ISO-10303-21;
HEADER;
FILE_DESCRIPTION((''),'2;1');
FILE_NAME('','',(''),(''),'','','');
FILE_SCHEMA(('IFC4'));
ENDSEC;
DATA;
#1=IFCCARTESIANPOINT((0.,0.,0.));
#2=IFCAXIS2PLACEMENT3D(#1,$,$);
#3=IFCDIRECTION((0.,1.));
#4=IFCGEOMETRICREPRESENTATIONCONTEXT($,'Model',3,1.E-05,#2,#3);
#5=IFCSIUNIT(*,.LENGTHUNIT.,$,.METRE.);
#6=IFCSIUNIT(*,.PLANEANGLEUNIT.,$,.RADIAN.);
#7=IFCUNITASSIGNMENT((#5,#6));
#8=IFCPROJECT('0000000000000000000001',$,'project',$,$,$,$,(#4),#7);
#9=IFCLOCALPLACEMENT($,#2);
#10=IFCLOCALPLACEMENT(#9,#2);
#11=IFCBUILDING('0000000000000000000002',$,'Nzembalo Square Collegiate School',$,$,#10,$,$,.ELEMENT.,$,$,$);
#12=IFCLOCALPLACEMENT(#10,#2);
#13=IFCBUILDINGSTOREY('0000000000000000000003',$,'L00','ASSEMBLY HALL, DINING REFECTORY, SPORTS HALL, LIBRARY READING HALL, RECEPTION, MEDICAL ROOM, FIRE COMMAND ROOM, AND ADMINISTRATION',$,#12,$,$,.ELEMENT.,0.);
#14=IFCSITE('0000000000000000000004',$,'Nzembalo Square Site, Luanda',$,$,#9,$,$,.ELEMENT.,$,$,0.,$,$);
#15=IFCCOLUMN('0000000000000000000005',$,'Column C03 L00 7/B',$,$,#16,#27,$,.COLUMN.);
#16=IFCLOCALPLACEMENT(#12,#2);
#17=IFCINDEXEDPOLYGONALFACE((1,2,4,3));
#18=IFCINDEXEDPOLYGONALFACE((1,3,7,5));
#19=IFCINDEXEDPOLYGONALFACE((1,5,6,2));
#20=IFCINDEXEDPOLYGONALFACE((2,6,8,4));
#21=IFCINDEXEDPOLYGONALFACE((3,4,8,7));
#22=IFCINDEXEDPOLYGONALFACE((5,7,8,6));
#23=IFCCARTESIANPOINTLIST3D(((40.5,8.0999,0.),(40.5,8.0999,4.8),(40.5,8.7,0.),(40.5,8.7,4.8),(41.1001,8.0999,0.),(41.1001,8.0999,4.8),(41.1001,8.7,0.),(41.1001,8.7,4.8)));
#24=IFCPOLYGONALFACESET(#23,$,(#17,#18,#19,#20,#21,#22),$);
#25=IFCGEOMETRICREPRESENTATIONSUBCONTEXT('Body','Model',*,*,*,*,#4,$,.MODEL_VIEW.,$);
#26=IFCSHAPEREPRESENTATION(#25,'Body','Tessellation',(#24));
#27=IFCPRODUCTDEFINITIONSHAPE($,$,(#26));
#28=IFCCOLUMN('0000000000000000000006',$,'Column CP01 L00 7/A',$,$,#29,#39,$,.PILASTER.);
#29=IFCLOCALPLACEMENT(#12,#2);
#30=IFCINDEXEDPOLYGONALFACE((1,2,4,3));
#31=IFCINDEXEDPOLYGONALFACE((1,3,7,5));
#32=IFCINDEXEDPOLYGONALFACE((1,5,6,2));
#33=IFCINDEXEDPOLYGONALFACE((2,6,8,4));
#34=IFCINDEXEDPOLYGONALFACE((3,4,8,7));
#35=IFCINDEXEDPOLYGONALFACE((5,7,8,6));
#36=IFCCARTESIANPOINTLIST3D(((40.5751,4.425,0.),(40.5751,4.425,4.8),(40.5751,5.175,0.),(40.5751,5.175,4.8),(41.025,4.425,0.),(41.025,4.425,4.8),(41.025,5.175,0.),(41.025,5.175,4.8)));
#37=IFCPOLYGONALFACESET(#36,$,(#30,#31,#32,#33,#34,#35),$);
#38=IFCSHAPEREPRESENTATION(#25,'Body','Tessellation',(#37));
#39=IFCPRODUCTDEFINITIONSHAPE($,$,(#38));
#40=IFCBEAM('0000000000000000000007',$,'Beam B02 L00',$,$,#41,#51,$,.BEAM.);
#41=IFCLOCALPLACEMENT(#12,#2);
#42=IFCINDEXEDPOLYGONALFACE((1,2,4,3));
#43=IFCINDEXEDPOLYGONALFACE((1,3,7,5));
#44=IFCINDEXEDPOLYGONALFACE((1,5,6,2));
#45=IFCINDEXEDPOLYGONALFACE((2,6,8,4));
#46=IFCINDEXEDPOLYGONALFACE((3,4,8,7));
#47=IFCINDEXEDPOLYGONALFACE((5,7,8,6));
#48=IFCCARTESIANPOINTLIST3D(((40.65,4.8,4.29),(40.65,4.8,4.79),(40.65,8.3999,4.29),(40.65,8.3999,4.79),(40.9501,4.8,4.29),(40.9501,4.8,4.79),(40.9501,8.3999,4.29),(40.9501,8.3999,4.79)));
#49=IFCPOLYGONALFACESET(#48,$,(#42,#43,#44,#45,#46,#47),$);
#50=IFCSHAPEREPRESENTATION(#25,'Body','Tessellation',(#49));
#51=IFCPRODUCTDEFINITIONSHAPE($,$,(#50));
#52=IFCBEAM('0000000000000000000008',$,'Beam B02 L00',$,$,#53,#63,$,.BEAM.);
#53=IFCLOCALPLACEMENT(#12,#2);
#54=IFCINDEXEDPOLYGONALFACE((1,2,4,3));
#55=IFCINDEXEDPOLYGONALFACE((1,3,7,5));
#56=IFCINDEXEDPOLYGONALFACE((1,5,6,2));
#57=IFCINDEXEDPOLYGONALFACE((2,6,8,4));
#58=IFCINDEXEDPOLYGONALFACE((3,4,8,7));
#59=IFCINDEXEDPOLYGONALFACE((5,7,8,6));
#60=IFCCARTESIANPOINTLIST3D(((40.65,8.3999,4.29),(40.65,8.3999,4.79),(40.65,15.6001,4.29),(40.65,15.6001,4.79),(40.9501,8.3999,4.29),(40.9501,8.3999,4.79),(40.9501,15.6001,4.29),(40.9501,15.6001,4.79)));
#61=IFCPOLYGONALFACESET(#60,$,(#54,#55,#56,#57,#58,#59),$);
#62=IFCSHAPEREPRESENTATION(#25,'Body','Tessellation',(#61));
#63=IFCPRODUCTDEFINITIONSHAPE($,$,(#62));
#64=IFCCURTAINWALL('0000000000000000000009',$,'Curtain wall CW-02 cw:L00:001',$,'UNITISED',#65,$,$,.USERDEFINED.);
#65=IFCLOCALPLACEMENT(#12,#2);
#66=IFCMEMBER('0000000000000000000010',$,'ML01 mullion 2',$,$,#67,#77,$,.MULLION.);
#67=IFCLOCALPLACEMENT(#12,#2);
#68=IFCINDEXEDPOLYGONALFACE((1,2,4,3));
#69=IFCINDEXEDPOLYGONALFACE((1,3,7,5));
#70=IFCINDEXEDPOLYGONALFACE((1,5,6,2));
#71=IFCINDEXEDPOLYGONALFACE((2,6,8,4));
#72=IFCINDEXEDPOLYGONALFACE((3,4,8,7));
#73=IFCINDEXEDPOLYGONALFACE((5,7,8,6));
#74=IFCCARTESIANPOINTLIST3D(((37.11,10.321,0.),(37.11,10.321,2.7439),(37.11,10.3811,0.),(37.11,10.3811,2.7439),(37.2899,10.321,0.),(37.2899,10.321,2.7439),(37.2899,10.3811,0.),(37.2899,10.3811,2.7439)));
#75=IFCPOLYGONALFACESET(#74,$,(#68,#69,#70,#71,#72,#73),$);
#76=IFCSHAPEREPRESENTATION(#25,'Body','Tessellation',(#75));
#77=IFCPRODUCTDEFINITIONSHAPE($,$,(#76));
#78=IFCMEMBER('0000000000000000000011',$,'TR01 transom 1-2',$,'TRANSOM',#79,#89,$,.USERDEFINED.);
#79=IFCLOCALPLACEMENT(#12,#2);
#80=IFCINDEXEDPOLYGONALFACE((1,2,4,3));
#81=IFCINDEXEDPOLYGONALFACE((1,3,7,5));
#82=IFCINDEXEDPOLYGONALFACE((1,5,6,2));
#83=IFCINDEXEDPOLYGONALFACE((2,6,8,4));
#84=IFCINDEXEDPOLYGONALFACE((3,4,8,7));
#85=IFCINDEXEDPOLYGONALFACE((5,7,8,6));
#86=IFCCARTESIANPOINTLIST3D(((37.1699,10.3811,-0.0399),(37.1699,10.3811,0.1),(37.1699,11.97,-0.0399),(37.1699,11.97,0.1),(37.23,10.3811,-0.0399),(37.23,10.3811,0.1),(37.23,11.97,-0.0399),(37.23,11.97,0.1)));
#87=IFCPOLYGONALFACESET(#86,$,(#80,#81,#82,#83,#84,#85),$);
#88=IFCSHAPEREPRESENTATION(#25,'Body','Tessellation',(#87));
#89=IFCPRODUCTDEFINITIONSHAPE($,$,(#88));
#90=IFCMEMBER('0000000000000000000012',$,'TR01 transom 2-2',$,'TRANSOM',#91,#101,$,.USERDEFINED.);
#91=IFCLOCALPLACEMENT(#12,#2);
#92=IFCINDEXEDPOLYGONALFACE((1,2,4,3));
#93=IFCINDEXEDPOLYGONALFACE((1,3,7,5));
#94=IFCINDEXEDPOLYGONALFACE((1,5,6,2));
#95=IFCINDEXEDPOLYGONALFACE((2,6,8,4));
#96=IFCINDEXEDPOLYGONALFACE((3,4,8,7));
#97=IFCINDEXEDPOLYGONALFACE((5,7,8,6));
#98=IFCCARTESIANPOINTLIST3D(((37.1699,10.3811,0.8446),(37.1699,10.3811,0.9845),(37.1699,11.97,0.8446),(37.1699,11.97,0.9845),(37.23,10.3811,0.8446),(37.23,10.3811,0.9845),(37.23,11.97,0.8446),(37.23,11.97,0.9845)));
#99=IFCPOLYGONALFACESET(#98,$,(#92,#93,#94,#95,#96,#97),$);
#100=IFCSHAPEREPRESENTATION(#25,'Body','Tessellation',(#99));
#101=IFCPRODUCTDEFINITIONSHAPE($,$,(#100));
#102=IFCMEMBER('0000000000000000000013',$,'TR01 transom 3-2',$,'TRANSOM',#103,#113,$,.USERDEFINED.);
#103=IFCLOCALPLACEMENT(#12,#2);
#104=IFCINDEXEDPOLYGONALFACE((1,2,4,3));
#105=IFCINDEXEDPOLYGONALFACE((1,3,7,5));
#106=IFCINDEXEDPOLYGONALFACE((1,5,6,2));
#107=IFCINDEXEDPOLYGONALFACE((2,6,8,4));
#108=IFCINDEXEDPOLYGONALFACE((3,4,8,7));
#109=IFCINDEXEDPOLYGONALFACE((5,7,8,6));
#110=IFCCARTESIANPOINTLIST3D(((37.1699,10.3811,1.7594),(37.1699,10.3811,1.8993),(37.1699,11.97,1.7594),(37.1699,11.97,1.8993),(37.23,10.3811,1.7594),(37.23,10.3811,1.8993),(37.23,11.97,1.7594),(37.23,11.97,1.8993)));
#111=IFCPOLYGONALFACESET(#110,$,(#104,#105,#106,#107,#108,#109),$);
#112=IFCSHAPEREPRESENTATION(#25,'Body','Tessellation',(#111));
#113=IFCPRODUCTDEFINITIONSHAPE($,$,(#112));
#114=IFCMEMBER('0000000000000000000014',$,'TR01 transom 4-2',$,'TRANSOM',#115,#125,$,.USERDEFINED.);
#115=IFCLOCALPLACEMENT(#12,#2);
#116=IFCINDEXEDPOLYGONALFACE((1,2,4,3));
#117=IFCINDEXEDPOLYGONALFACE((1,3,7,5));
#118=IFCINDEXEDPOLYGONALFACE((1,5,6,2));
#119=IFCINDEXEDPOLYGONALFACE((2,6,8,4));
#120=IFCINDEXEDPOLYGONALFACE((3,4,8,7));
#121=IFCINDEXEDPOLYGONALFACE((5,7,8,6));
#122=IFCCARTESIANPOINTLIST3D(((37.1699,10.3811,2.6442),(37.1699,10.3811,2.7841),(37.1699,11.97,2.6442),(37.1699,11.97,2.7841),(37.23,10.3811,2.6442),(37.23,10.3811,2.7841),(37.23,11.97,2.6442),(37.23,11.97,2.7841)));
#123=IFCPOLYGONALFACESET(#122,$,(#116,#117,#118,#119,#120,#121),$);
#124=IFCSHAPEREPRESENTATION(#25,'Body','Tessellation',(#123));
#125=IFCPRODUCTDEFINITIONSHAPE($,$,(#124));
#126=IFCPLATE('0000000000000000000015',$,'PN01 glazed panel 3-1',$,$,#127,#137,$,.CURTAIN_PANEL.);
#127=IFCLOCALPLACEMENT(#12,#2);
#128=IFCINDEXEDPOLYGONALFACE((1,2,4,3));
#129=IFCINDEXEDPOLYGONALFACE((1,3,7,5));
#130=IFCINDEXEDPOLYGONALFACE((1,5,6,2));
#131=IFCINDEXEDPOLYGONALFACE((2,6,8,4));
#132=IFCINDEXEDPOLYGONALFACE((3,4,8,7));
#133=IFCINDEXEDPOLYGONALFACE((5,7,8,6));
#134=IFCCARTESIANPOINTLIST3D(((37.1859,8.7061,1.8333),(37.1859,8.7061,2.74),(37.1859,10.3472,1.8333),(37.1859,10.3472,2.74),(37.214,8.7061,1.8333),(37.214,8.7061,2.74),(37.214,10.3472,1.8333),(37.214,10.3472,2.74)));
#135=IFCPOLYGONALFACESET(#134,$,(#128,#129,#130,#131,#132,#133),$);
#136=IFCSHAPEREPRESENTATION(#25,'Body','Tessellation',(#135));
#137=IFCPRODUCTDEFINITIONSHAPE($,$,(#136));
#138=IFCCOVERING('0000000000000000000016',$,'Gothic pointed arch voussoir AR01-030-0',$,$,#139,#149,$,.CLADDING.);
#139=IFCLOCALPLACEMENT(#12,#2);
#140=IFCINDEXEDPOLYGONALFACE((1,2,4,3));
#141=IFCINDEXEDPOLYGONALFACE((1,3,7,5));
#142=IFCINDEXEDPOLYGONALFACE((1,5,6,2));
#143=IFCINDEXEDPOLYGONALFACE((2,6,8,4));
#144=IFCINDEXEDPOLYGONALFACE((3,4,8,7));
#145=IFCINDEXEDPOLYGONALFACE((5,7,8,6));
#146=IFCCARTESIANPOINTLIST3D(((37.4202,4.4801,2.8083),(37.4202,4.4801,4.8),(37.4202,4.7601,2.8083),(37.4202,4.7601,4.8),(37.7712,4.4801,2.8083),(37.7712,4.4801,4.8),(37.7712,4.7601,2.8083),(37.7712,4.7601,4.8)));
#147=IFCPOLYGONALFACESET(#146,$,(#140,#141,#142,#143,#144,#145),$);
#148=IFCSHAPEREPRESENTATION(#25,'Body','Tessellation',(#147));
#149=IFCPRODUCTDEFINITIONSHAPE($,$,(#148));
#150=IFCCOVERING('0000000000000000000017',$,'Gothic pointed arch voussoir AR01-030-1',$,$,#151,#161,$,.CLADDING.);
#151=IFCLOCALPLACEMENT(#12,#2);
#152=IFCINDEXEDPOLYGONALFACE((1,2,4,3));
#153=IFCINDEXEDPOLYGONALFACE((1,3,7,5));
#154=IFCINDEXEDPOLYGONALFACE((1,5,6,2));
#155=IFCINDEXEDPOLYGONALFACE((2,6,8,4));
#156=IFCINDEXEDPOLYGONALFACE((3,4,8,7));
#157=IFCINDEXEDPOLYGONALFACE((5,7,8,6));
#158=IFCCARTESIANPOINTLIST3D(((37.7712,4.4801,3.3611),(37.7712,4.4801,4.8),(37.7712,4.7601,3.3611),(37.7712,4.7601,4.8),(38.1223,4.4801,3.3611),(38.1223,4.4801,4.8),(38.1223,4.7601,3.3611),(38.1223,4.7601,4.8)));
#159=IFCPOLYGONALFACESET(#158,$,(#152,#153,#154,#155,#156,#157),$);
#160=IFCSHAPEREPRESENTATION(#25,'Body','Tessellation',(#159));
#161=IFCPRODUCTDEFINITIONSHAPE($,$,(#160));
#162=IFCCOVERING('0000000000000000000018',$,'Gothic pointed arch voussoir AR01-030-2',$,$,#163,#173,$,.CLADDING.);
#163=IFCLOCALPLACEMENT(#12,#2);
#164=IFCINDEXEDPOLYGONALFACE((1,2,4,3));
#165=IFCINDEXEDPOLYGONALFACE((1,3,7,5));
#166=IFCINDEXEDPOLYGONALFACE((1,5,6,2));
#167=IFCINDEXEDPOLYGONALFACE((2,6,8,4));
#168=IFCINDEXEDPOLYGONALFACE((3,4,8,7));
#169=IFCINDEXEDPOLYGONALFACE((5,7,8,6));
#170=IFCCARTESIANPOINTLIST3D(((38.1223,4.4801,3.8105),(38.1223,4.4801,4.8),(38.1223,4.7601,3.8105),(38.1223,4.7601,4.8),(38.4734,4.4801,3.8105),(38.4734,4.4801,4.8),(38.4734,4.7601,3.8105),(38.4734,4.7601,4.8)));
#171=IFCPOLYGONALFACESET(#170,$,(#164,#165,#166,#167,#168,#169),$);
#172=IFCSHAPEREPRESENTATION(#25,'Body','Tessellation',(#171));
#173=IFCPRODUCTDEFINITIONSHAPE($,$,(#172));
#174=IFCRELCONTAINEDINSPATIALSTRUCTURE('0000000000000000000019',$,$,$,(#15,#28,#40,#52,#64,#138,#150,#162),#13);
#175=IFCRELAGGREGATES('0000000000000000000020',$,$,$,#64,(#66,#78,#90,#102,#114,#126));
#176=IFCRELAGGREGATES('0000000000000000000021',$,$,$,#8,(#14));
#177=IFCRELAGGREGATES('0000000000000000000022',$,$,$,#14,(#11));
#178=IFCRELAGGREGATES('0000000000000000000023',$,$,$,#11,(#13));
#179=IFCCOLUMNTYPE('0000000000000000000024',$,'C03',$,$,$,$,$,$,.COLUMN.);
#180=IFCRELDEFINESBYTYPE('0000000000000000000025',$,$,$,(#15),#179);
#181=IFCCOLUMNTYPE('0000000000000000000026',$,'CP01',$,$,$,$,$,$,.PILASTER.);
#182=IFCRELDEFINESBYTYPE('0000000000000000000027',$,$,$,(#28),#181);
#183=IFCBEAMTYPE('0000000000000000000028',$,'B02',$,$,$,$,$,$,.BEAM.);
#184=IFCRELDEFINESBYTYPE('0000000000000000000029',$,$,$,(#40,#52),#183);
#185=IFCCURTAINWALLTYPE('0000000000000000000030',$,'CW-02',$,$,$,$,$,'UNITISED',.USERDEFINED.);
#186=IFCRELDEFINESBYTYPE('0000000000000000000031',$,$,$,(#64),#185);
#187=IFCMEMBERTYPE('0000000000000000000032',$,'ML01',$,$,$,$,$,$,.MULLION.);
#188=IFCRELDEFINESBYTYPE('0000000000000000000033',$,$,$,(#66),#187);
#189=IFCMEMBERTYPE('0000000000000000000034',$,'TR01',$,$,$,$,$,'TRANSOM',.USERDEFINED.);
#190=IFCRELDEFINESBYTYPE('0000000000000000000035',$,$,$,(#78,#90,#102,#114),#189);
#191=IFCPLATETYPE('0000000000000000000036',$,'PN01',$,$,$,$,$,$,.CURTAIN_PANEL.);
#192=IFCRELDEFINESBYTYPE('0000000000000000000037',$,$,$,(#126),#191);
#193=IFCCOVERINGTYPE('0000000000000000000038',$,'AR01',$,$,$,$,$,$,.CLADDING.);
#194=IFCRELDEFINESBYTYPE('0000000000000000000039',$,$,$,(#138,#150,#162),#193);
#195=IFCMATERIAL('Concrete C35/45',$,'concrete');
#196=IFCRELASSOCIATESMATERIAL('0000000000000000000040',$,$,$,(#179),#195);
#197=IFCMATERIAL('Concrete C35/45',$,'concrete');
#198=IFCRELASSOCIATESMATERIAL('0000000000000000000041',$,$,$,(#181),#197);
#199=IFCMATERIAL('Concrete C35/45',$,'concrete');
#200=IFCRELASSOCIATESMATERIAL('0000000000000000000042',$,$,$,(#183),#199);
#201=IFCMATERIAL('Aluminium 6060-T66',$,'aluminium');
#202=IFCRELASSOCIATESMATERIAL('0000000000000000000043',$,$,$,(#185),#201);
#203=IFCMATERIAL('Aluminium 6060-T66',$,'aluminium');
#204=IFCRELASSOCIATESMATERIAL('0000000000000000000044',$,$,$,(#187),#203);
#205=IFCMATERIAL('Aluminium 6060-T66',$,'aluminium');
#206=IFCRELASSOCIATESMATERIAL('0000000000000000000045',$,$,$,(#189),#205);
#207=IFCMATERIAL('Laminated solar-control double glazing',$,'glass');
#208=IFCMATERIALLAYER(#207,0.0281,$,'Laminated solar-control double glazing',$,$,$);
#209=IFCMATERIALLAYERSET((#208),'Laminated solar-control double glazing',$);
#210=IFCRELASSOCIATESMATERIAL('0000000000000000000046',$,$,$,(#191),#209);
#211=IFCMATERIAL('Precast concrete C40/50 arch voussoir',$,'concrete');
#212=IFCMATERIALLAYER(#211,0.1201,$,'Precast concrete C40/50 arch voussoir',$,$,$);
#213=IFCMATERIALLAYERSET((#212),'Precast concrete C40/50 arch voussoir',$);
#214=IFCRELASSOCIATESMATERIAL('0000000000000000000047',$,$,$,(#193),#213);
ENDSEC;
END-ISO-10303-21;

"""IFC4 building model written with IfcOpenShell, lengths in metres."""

from ifc_helpers import new_model, si_unit, direction, frame, origin, origin_2d, place, context, subcontext, project, spatial, rectangle, extrude, material, layer, layer_set, material_profile, profile_set, type_object, element, aggregate, save


model = new_model("IFC4")

# Units and contexts
model_context = context("Model", 3, precision=1e-05, world=origin(), true_north=direction((0.0, 1.0)))
body_context = subcontext(model_context, "Body", "Model", "MODEL_VIEW")
ifc_project = project(units=[si_unit("LENGTHUNIT", "METRE"), si_unit("PLANEANGLEUNIT", "RADIAN")], contexts=[model_context])

# Site, building, storey
site_placement = place(None, origin())
site = spatial("IfcSite", under=ifc_project, at=site_placement, Name="Nzembalo Square Site, Luanda", CompositionType="ELEMENT", RefElevation=0.0)
building_placement = place(site_placement, origin())
building = spatial("IfcBuilding", under=site, at=building_placement, Name="Nzembalo Square Collegiate School", CompositionType="ELEMENT")
storey_placement = place(building_placement, origin())
storey = spatial("IfcBuildingStorey", under=building, at=storey_placement, Name="L00", Description="ASSEMBLY HALL, DINING REFECTORY, SPORTS HALL, LIBRARY READING HALL, RECEPTION, MEDICAL ROOM, FIRE COMMAND ROOM, AND ADMINISTRATION", CompositionType="ELEMENT", Elevation=0.0)

# Columns
ifc_material_1 = material(Name="Concrete C35/45", Category="concrete")
ifc_material_profile_1 = material_profile(ifc_material_1, rectangle(XDim=0.6001, YDim=0.6001, at=origin_2d()), Name="RC 600x600")
ifc_profile_set_1 = profile_set([ifc_material_profile_1], Name="Concrete C35/45")
column_type_1 = type_object("IfcColumnType", Name="C03", PredefinedType="COLUMN", material=ifc_profile_set_1)
column_1_placement = place(storey_placement, frame((40.8, 8.3999, 0.0), z_axis=(0.0, 0.0, 1.0), x_axis=(1.0, 0.0, 0.0)))
element("IfcColumn", 1, at=column_1_placement, inside=storey, type_object=column_type_1, Name="Column C03 L00 7/B", PredefinedType="COLUMN", context=body_context, shape_type="SweptSolid", body=[
    extrude(rectangle(XDim=0.6001, YDim=0.6001, at=origin_2d()), origin(), (0.0, 0.0, 1.0), 4.8),
])
ifc_material_2 = material(Name="Concrete C35/45", Category="concrete")
ifc_material_profile_2 = material_profile(ifc_material_2, rectangle(XDim=0.45, YDim=0.75, at=origin_2d()), Name="RC 450x750")
ifc_profile_set_2 = profile_set([ifc_material_profile_2], Name="Concrete C35/45")
column_type_2 = type_object("IfcColumnType", Name="CP01", PredefinedType="PILASTER", material=ifc_profile_set_2)
column_2_placement = place(storey_placement, frame((40.8, 4.8, 0.0), z_axis=(0.0, 0.0, 1.0), x_axis=(1.0, 0.0, 0.0)))
element("IfcColumn", 2, at=column_2_placement, inside=storey, type_object=column_type_2, Name="Column CP01 L00 7/A", PredefinedType="PILASTER", context=body_context, shape_type="SweptSolid", body=[
    extrude(rectangle(XDim=0.45, YDim=0.75, at=origin_2d()), origin(), (0.0, 0.0, 1.0), 4.8),
])

# Beams
ifc_material_3 = material(Name="Concrete C35/45", Category="concrete")
ifc_material_profile_3 = material_profile(ifc_material_3, rectangle(XDim=0.3, YDim=0.5, at=origin_2d()), Name="RC 300x500")
ifc_profile_set_3 = profile_set([ifc_material_profile_3], Name="Concrete C35/45")
beam_type = type_object("IfcBeamType", Name="B02", PredefinedType="BEAM", material=ifc_profile_set_3)
beam_1_placement = place(storey_placement, frame((40.8, 4.8, 4.54), z_axis=(0.0, 1.0, 0.0), x_axis=(-1.0, 0.0, 0.0)))
element("IfcBeam", 3, at=beam_1_placement, inside=storey, type_object=beam_type, Name="Beam B02 L00", PredefinedType="BEAM", context=body_context, shape_type="SweptSolid", body=[
    extrude(rectangle(XDim=0.3, YDim=0.5, at=origin_2d()), origin(), (0.0, 0.0, 1.0), 3.5999),
])
beam_2_placement = place(storey_placement, frame((40.8, 8.3999, 4.54), z_axis=(0.0, 1.0, 0.0), x_axis=(-1.0, 0.0, 0.0)))
element("IfcBeam", 4, at=beam_2_placement, inside=storey, type_object=beam_type, Name="Beam B02 L00", PredefinedType="BEAM", context=body_context, shape_type="SweptSolid", body=[
    extrude(rectangle(XDim=0.3, YDim=0.5, at=origin_2d()), origin(), (0.0, 0.0, 1.0), 7.2002),
])

# Curtain wall, members, plate
ifc_material_4 = material(Name="Aluminium 6060-T66", Category="aluminium")
curtain_wall_type = type_object("IfcCurtainWallType", Name="CW-02", ElementType="UNITISED", PredefinedType="USERDEFINED", material=ifc_material_4)
curtain_wall_placement = place(storey_placement, origin())
curtain_wall = element("IfcCurtainWall", 5, at=curtain_wall_placement, inside=storey, type_object=curtain_wall_type, Name="Curtain wall CW-02 cw:L00:001", ObjectType="UNITISED", PredefinedType="USERDEFINED")
ifc_material_5 = material(Name="Aluminium 6060-T66", Category="aluminium")
ifc_material_profile_4 = material_profile(ifc_material_5, rectangle(XDim=0.0601, YDim=0.1799, at=origin_2d()), Name="ALU M60x180")
ifc_profile_set_4 = profile_set([ifc_material_profile_4], Name="Aluminium 6060-T66")
member_type_1 = type_object("IfcMemberType", Name="ML01", PredefinedType="MULLION", material=ifc_profile_set_4)
member_1_placement = place(storey_placement, frame((37.2, 10.3511, 0.0), z_axis=(0.0, 0.0, 1.0), x_axis=(0.0, 1.0, 0.0)))
member_1 = element("IfcMember", 6, at=member_1_placement, type_object=member_type_1, Name="ML01 mullion 2", PredefinedType="MULLION", context=body_context, shape_type="SweptSolid", body=[
    extrude(rectangle(XDim=0.0601, YDim=0.1799, at=origin_2d()), origin(), (0.0, 0.0, 1.0), 2.7439),
])
ifc_material_6 = material(Name="Aluminium 6060-T66", Category="aluminium")
ifc_material_profile_5 = material_profile(ifc_material_6, rectangle(XDim=0.0601, YDim=0.1399, at=origin_2d()), Name="ALU T60x140")
ifc_profile_set_5 = profile_set([ifc_material_profile_5], Name="Aluminium 6060-T66")
member_type_2 = type_object("IfcMemberType", Name="TR01", ElementType="TRANSOM", PredefinedType="USERDEFINED", material=ifc_profile_set_5)
member_2_placement = place(storey_placement, frame((37.2, 10.3811, 0.03), z_axis=(0.0, 1.0, 0.0), x_axis=(-1.0, 0.0, 0.0)))
member_2 = element("IfcMember", 7, at=member_2_placement, type_object=member_type_2, Name="TR01 transom 1-2", ObjectType="TRANSOM", PredefinedType="USERDEFINED", context=body_context, shape_type="SweptSolid", body=[
    extrude(rectangle(XDim=0.0601, YDim=0.1399, at=origin_2d()), origin(), (0.0, 0.0, 1.0), 1.5889),
])
member_3_placement = place(storey_placement, frame((37.2, 10.3811, 0.9146), z_axis=(0.0, 1.0, 0.0), x_axis=(-1.0, 0.0, 0.0)))
member_3 = element("IfcMember", 8, at=member_3_placement, type_object=member_type_2, Name="TR01 transom 2-2", ObjectType="TRANSOM", PredefinedType="USERDEFINED", context=body_context, shape_type="SweptSolid", body=[
    extrude(rectangle(XDim=0.0601, YDim=0.1399, at=origin_2d()), origin(), (0.0, 0.0, 1.0), 1.5889),
])
member_4_placement = place(storey_placement, frame((37.2, 10.3811, 1.8293), z_axis=(0.0, 1.0, 0.0), x_axis=(-1.0, 0.0, 0.0)))
member_4 = element("IfcMember", 9, at=member_4_placement, type_object=member_type_2, Name="TR01 transom 3-2", ObjectType="TRANSOM", PredefinedType="USERDEFINED", context=body_context, shape_type="SweptSolid", body=[
    extrude(rectangle(XDim=0.0601, YDim=0.1399, at=origin_2d()), origin(), (0.0, 0.0, 1.0), 1.5889),
])
member_5_placement = place(storey_placement, frame((37.2, 10.3811, 2.7141), z_axis=(0.0, 1.0, 0.0), x_axis=(-1.0, 0.0, 0.0)))
member_5 = element("IfcMember", 10, at=member_5_placement, type_object=member_type_2, Name="TR01 transom 4-2", ObjectType="TRANSOM", PredefinedType="USERDEFINED", context=body_context, shape_type="SweptSolid", body=[
    extrude(rectangle(XDim=0.0601, YDim=0.1399, at=origin_2d()), origin(), (0.0, 0.0, 1.0), 1.5889),
])
ifc_material_7 = material(Name="Laminated solar-control double glazing", Category="glass")
ifc_layer_1 = layer(ifc_material_7, 0.0281, Name="Laminated solar-control double glazing")
ifc_layer_set_1 = layer_set([ifc_layer_1], Name="Laminated solar-control double glazing")
plate_type = type_object("IfcPlateType", Name="PN01", PredefinedType="CURTAIN_PANEL", material=ifc_layer_set_1)
plate_placement = place(storey_placement, frame((37.2, 9.5266, 1.8333), z_axis=(0.0, 0.0, 1.0), x_axis=(0.0, 1.0, 0.0)))
plate = element("IfcPlate", 11, at=plate_placement, type_object=plate_type, Name="PN01 glazed panel 3-1", PredefinedType="CURTAIN_PANEL", context=body_context, shape_type="SweptSolid", body=[
    extrude(rectangle(XDim=1.6411, YDim=0.0281, at=origin_2d()), origin(), (0.0, 0.0, 1.0), 0.9067),
])
aggregate(curtain_wall, [member_1, member_2, member_3, member_4, member_5, plate])

# Coverings
ifc_material_8 = material(Name="Precast concrete C40/50 arch voussoir", Category="concrete")
ifc_layer_2 = layer(ifc_material_8, 0.1201, Name="Precast concrete C40/50 arch voussoir")
ifc_layer_set_2 = layer_set([ifc_layer_2], Name="Precast concrete C40/50 arch voussoir")
covering_type = type_object("IfcCoveringType", Name="AR01", PredefinedType="CLADDING", material=ifc_layer_set_2)
covering_1_placement = place(storey_placement, frame((37.5957, 4.6201, 2.8083), z_axis=(0.0, 0.0, 1.0), x_axis=(1.0, 0.0, 0.0)))
element("IfcCovering", 12, at=covering_1_placement, inside=storey, type_object=covering_type, Name="Gothic pointed arch voussoir AR01-030-0", PredefinedType="CLADDING", context=body_context, shape_type="SweptSolid", body=[
    extrude(rectangle(XDim=0.3511, YDim=0.28, at=origin_2d()), origin(), (0.0, 0.0, 1.0), 1.9917),
])
covering_2_placement = place(storey_placement, frame((37.9468, 4.6201, 3.3611), z_axis=(0.0, 0.0, 1.0), x_axis=(1.0, 0.0, 0.0)))
element("IfcCovering", 13, at=covering_2_placement, inside=storey, type_object=covering_type, Name="Gothic pointed arch voussoir AR01-030-1", PredefinedType="CLADDING", context=body_context, shape_type="SweptSolid", body=[
    extrude(rectangle(XDim=0.3511, YDim=0.28, at=origin_2d()), origin(), (0.0, 0.0, 1.0), 1.439),
])
covering_3_placement = place(storey_placement, frame((38.2979, 4.6201, 3.8105), z_axis=(0.0, 0.0, 1.0), x_axis=(1.0, 0.0, 0.0)))
element("IfcCovering", 14, at=covering_3_placement, inside=storey, type_object=covering_type, Name="Gothic pointed arch voussoir AR01-030-2", PredefinedType="CLADDING", context=body_context, shape_type="SweptSolid", body=[
    extrude(rectangle(XDim=0.3511, YDim=0.28, at=origin_2d()), origin(), (0.0, 0.0, 1.0), 0.9895),
])

save(model, "model.ifc")
